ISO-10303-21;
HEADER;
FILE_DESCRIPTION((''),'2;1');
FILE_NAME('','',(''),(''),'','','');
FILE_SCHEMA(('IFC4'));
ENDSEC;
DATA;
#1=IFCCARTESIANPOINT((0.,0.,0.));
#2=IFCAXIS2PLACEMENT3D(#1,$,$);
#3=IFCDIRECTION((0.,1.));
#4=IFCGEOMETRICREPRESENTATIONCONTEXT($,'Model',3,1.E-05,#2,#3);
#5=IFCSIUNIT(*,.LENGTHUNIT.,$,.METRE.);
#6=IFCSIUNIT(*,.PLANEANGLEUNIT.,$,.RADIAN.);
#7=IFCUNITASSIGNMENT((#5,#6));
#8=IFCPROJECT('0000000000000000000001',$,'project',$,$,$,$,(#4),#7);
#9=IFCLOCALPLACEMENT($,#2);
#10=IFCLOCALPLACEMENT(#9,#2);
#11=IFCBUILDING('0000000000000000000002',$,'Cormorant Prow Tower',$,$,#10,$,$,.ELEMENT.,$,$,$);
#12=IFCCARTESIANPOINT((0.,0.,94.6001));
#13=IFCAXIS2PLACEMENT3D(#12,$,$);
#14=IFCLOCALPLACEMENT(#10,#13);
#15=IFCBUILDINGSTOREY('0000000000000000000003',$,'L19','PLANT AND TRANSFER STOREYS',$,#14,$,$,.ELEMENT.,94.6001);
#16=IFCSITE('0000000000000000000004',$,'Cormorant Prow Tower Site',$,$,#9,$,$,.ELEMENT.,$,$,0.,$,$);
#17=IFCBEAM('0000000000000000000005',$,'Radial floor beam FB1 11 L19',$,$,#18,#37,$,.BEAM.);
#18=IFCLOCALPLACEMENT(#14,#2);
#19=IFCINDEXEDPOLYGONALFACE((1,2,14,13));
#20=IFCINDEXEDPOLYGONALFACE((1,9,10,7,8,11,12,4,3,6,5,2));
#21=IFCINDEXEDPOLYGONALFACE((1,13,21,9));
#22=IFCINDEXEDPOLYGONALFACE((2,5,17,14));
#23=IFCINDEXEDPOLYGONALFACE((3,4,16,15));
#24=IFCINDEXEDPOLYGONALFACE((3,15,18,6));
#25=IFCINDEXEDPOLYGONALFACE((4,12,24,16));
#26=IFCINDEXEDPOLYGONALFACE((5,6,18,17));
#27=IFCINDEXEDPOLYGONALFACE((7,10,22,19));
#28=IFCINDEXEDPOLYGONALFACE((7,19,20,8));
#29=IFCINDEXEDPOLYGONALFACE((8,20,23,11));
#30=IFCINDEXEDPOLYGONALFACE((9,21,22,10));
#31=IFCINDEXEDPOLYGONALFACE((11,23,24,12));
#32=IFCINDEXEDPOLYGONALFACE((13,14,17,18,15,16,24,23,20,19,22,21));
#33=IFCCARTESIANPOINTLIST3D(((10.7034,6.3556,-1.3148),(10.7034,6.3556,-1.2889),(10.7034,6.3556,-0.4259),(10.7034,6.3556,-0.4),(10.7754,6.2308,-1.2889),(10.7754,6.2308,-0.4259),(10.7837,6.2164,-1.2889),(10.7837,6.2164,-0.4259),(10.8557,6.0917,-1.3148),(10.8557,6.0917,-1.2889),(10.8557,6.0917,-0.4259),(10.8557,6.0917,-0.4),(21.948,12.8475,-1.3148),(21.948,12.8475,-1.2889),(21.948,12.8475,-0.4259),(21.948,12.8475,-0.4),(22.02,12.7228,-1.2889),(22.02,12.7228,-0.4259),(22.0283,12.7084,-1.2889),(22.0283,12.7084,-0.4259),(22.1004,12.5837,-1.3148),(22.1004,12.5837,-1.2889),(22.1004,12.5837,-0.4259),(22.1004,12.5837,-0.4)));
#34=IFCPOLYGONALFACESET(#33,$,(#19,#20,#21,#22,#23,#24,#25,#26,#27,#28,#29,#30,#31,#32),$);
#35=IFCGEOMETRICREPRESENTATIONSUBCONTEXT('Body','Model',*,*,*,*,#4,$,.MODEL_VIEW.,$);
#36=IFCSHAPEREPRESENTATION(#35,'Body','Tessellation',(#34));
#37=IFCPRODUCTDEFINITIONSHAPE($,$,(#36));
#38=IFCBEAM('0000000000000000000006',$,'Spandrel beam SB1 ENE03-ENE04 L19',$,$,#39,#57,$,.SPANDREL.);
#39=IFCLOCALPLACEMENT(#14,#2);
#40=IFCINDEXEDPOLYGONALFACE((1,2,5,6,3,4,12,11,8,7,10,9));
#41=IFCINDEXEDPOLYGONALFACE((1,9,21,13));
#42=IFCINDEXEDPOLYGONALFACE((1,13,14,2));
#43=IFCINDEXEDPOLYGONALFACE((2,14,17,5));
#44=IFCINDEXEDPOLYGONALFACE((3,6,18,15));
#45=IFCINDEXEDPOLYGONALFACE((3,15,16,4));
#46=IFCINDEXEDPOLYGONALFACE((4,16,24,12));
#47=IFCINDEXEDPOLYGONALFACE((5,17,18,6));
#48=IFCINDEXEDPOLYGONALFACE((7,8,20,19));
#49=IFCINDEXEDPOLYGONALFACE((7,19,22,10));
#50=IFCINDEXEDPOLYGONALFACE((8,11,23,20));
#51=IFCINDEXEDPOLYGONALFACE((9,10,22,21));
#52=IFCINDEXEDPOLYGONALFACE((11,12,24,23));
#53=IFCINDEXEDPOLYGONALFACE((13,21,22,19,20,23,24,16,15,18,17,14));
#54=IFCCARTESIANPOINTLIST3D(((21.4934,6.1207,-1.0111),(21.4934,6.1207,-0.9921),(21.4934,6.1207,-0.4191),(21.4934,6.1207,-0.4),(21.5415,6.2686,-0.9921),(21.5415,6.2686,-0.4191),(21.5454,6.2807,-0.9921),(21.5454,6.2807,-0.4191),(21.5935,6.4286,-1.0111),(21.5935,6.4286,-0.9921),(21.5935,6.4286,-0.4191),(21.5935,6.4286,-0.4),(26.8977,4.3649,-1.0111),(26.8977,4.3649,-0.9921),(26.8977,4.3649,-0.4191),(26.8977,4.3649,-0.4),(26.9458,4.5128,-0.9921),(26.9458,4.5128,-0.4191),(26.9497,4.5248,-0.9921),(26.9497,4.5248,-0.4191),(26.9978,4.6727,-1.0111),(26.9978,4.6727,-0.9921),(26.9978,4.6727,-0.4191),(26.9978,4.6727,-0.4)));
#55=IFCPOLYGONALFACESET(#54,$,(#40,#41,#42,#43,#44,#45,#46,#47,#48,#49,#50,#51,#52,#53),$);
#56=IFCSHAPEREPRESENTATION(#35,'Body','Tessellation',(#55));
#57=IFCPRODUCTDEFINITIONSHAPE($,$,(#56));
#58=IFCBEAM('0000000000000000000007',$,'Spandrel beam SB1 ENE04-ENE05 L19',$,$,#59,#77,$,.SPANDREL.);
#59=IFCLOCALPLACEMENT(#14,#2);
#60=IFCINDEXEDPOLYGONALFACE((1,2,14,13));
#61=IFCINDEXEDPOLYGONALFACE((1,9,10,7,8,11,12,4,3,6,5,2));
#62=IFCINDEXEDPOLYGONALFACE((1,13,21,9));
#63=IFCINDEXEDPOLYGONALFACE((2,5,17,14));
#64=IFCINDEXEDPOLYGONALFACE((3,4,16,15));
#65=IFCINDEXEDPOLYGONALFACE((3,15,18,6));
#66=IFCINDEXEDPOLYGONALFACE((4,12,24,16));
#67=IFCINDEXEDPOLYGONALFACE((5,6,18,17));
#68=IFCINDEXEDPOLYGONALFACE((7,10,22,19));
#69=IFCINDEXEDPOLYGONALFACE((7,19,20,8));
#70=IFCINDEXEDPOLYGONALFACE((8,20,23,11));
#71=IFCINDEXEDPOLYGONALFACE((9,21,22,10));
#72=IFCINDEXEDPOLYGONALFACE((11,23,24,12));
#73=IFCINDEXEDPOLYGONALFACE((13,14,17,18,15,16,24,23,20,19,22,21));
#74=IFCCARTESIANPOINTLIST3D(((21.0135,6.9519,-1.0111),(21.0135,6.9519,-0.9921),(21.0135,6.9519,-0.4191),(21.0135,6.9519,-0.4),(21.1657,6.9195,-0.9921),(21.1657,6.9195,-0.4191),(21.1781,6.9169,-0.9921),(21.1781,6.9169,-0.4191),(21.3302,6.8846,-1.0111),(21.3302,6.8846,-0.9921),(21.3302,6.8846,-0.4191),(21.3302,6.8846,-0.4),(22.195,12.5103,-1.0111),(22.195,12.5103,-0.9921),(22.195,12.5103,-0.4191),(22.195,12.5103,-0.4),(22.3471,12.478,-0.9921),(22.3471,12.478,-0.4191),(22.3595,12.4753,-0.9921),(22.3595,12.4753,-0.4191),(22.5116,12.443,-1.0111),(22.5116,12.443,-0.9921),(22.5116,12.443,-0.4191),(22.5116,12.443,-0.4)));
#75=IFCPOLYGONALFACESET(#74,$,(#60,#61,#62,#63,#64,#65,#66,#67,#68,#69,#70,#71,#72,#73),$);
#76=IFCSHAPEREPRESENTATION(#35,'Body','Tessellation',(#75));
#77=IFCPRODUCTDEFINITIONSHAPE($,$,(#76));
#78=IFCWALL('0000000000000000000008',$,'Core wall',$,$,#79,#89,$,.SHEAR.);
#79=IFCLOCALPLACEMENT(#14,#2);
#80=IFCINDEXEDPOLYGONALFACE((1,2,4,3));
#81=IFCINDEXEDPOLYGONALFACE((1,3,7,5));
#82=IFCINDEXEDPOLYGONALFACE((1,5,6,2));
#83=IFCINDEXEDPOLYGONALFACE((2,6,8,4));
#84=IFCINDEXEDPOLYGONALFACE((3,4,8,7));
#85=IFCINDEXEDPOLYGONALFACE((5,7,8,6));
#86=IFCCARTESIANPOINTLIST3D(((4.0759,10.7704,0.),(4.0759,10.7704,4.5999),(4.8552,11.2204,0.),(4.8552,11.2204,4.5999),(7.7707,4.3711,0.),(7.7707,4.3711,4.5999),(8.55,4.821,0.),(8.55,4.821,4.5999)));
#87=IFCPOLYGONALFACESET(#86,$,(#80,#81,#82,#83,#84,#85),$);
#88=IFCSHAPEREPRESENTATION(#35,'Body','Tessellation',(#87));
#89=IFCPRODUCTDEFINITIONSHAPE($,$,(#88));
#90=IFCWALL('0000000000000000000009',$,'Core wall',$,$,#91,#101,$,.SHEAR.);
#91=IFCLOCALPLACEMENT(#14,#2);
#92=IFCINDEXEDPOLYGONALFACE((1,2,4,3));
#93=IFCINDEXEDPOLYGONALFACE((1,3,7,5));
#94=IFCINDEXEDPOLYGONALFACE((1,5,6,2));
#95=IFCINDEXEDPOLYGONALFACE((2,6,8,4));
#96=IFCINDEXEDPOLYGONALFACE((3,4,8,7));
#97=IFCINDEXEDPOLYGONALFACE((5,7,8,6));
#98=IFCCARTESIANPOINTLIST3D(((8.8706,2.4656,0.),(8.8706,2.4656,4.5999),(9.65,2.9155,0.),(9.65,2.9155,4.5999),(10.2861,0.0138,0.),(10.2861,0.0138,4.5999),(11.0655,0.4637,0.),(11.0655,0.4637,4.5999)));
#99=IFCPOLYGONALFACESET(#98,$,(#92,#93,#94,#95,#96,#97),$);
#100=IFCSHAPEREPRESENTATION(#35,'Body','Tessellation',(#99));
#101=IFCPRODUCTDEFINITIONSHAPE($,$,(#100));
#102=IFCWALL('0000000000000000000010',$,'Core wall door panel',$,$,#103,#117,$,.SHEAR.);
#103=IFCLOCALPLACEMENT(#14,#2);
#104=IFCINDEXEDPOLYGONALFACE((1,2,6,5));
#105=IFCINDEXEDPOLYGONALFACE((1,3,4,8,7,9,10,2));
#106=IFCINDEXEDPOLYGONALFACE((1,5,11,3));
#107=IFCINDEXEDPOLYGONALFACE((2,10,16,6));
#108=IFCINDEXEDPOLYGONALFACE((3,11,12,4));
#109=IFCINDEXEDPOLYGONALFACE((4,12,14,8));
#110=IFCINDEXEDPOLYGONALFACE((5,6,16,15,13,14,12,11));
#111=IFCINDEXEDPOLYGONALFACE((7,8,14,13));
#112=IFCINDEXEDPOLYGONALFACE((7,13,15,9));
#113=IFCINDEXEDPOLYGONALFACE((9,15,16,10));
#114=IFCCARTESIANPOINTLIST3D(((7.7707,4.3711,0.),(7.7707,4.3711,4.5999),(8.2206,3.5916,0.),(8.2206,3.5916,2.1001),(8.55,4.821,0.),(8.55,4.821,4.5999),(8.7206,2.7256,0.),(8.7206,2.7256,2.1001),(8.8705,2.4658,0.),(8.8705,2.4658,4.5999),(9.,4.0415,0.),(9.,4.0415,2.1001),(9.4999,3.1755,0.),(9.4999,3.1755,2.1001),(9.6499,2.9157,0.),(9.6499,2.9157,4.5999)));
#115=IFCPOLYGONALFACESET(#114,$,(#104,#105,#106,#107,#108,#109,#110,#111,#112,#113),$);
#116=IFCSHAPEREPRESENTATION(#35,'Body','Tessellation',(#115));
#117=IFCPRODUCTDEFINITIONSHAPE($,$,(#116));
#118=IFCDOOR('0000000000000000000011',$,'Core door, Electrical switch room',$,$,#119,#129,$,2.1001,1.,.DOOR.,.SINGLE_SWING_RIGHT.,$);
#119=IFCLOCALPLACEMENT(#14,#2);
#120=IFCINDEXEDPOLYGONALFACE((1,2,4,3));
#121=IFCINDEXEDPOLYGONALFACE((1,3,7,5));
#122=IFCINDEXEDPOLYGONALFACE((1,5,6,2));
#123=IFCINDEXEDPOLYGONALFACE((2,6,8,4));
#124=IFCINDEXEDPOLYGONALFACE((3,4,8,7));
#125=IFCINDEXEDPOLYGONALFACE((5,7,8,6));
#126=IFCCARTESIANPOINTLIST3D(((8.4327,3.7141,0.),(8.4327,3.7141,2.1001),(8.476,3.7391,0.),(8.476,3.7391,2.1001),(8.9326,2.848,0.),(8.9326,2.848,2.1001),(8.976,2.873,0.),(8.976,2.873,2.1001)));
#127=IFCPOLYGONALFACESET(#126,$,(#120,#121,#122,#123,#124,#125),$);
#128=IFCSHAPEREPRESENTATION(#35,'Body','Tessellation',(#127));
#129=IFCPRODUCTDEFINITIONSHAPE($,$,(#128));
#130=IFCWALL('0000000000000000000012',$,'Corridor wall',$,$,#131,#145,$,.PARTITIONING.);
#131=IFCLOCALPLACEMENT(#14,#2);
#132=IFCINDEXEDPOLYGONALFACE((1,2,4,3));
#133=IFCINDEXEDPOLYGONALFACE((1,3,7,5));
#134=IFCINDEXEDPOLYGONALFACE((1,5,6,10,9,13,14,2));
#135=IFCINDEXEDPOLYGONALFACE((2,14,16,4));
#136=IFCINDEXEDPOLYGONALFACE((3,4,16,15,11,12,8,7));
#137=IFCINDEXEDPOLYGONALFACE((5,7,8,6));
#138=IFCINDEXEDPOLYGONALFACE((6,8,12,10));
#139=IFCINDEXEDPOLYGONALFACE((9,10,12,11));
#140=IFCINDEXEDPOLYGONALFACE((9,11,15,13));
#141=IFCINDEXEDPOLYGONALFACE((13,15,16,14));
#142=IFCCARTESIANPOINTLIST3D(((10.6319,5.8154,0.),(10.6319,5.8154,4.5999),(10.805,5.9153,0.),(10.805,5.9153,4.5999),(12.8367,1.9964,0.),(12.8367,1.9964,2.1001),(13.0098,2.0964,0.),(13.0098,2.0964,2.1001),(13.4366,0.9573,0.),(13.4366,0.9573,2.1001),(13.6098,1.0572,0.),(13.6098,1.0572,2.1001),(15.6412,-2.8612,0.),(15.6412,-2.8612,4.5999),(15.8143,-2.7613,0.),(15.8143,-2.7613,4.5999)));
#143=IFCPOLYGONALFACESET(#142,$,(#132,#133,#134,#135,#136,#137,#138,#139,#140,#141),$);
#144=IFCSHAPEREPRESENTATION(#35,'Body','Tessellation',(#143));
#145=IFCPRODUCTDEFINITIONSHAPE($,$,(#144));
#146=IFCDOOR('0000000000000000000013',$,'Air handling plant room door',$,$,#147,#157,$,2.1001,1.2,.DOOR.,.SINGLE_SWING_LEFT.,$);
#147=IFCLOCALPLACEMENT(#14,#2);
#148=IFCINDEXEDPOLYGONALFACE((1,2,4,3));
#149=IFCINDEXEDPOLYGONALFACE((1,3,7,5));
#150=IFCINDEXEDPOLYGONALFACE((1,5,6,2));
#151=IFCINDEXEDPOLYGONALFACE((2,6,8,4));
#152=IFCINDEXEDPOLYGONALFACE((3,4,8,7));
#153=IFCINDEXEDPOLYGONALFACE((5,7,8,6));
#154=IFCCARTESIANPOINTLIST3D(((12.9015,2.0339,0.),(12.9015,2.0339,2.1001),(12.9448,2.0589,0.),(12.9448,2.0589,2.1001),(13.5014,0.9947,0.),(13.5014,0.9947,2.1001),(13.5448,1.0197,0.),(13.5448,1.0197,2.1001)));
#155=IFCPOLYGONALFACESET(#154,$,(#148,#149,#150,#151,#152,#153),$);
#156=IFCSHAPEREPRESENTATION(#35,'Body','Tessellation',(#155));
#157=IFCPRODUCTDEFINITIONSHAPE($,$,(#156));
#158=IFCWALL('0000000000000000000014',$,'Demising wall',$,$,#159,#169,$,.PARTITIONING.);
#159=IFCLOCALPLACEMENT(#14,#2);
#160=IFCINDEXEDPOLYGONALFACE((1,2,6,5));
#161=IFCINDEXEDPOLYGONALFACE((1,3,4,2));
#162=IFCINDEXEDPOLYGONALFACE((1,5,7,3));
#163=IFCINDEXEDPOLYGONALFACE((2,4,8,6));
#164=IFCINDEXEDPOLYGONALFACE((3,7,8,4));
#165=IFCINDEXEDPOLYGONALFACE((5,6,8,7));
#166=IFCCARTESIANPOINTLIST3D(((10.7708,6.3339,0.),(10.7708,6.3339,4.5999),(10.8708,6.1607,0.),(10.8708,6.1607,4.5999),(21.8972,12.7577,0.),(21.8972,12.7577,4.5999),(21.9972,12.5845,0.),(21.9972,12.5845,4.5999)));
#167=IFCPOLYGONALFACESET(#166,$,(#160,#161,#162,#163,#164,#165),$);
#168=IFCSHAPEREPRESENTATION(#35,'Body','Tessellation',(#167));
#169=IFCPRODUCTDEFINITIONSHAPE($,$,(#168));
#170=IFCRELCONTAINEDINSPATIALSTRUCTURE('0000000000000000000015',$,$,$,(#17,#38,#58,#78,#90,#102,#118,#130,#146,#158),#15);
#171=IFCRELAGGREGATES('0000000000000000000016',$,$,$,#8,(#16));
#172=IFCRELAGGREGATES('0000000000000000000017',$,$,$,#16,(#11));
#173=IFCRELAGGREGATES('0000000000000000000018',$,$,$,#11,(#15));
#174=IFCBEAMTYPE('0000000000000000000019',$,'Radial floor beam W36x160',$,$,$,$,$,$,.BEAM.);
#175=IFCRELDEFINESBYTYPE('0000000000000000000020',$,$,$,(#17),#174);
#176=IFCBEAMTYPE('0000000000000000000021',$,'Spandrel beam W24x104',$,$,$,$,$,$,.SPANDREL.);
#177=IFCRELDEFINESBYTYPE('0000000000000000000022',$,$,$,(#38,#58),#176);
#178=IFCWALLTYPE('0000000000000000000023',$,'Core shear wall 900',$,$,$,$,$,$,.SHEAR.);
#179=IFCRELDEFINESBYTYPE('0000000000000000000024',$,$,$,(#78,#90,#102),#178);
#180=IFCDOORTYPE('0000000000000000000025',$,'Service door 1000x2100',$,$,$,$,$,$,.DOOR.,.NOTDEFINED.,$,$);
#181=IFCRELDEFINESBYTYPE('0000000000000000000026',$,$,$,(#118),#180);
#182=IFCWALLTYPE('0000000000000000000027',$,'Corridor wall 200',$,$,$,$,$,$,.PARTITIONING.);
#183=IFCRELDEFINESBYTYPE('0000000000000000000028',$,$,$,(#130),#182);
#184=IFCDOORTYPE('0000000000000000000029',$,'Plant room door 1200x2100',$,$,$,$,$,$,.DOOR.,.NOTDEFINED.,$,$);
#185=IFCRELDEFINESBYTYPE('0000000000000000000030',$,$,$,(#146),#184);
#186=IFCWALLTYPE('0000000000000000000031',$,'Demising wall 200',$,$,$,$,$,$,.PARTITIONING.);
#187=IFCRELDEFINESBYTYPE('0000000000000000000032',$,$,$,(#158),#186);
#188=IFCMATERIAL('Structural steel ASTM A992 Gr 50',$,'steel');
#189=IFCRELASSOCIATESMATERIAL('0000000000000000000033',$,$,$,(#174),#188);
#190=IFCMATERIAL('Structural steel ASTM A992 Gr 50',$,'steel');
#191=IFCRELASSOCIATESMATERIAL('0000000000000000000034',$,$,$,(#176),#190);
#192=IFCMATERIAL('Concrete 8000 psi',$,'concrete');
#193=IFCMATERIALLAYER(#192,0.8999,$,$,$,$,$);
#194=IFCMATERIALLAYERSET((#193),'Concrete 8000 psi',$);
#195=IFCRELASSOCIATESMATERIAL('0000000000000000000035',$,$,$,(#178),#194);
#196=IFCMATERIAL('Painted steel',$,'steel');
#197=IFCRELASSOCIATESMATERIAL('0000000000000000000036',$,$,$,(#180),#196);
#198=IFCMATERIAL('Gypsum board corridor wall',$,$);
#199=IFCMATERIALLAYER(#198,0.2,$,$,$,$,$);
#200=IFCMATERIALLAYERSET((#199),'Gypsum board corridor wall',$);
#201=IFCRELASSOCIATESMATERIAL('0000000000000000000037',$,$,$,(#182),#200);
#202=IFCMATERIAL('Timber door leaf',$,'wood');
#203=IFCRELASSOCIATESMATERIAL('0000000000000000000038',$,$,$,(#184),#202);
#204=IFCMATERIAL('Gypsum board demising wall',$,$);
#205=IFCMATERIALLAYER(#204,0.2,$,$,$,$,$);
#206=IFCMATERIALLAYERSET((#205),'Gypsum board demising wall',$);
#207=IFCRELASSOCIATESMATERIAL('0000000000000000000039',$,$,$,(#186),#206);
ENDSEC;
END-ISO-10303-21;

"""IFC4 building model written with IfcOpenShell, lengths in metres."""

from ifc_helpers import new_model, si_unit, direction, frame, frame_2d, origin, origin_2d, place, context, subcontext, project, spatial, rectangle, i_section, extrude, material, layer, layer_set, material_profile, profile_set, type_object, element, fill, save


model = new_model("IFC4")

# Units and contexts
model_context = context("Model", 3, precision=1e-05, world=origin(), true_north=direction((0.0, 1.0)))
body_context = subcontext(model_context, "Body", "Model", "MODEL_VIEW")
ifc_project = project(units=[si_unit("LENGTHUNIT", "METRE"), si_unit("PLANEANGLEUNIT", "RADIAN")], contexts=[model_context])

# Site, building, storey
site_placement = place(None, origin())
site = spatial("IfcSite", under=ifc_project, at=site_placement, Name="Cormorant Prow Tower Site", CompositionType="ELEMENT", RefElevation=0.0)
building_placement = place(site_placement, origin())
building = spatial("IfcBuilding", under=site, at=building_placement, Name="Cormorant Prow Tower", CompositionType="ELEMENT")
storey_placement = place(building_placement, frame((0.0, 0.0, 94.6001)))
storey = spatial("IfcBuildingStorey", under=building, at=storey_placement, Name="L19", Description="PLANT AND TRANSFER STOREYS", CompositionType="ELEMENT", Elevation=94.6001)

# Beams
ifc_material_1 = material(Name="Structural steel ASTM A992 Gr 50", Category="steel")
ifc_material_profile_1 = material_profile(ifc_material_1, i_section(OverallWidth=0.3047, OverallDepth=0.9148, WebThickness=0.0166, FlangeThickness=0.0259, at=origin_2d()), Name="W36x160")
ifc_profile_set_1 = profile_set([ifc_material_profile_1], Name="Structural steel ASTM A992 Gr 50")
beam_type_1 = type_object("IfcBeamType", Name="Radial floor beam W36x160", PredefinedType="BEAM", material=ifc_profile_set_1)
beam_1_placement = place(storey_placement, frame((10.7795, 6.2236, -0.8574), z_axis=(0.86603, 0.499992, 0.0), x_axis=(-0.499992, 0.86603, 0.0)))
element("IfcBeam", 1, at=beam_1_placement, inside=storey, type_object=beam_type_1, Name="Radial floor beam FB1 11 L19", PredefinedType="BEAM", context=body_context, shape_type="SweptSolid", body=[
    extrude(i_section(OverallWidth=0.3047, OverallDepth=0.9148, WebThickness=0.0166, FlangeThickness=0.0259, at=origin_2d()), origin(), (0.0, 0.0, 1.0), 12.9841),
])
ifc_material_2 = material(Name="Structural steel ASTM A992 Gr 50", Category="steel")
ifc_material_profile_2 = material_profile(ifc_material_2, i_section(OverallWidth=0.3237, OverallDepth=0.6111, WebThickness=0.0127, FlangeThickness=0.019, at=origin_2d()), Name="W24x104")
ifc_profile_set_2 = profile_set([ifc_material_profile_2], Name="Structural steel ASTM A992 Gr 50")
beam_type_2 = type_object("IfcBeamType", Name="Spandrel beam W24x104", PredefinedType="SPANDREL", material=ifc_profile_set_2)
beam_2_placement = place(storey_placement, frame((26.9478, 4.5188, -0.7056), z_axis=(-0.951062, 0.309001, 0.0), x_axis=(-0.309001, -0.951062, 0.0)))
element("IfcBeam", 2, at=beam_2_placement, inside=storey, type_object=beam_type_2, Name="Spandrel beam SB1 ENE03-ENE04 L19", PredefinedType="SPANDREL", context=body_context, shape_type="SweptSolid", body=[
    extrude(i_section(OverallWidth=0.3237, OverallDepth=0.6111, WebThickness=0.0127, FlangeThickness=0.019, at=origin_2d()), origin(), (0.0, 0.0, 1.0), 5.6824),
])
beam_3_placement = place(storey_placement, frame((21.1719, 6.9182, -0.7056), z_axis=(0.2079, 0.97815, 0.0), x_axis=(-0.97815, 0.2079, 0.0)))
element("IfcBeam", 3, at=beam_3_placement, inside=storey, type_object=beam_type_2, Name="Spandrel beam SB1 ENE04-ENE05 L19", PredefinedType="SPANDREL", context=body_context, shape_type="SweptSolid", body=[
    extrude(i_section(OverallWidth=0.3237, OverallDepth=0.6111, WebThickness=0.0127, FlangeThickness=0.019, at=origin_2d()), origin(), (0.0, 0.0, 1.0), 5.6826),
])

# Walls
ifc_material_3 = material(Name="Concrete 8000 psi", Category="concrete")
ifc_layer_1 = layer(ifc_material_3, 0.8999)
ifc_layer_set_1 = layer_set([ifc_layer_1], Name="Concrete 8000 psi")
wall_type_1 = type_object("IfcWallType", Name="Core shear wall 900", PredefinedType="SHEAR", material=ifc_layer_set_1)
wall_1_placement = place(storey_placement, frame((8.1604, 4.5959, 0.0), z_axis=(0.0, 0.0, 1.0), x_axis=(-0.500012, 0.866018, 0.0)))
element("IfcWall", 4, at=wall_1_placement, inside=storey, type_object=wall_type_1, Name="Core wall", PredefinedType="SHEAR", context=body_context, shape_type="SweptSolid", body=[
    extrude(rectangle(XDim=7.3894, YDim=0.8999, at=frame_2d((3.6948, 0.0))), origin(), (0.0, 0.0, 1.0), 4.5999),
])
wall_2_placement = place(storey_placement, frame((10.6758, 0.2388, 0.0), z_axis=(0.0, 0.0, 1.0), x_axis=(-0.499979, 0.866038, 0.0)))
element("IfcWall", 5, at=wall_2_placement, inside=storey, type_object=wall_type_1, Name="Core wall", PredefinedType="SHEAR", context=body_context, shape_type="SweptSolid", body=[
    extrude(rectangle(XDim=2.8311, YDim=0.8999, at=frame_2d((1.4155, 0.0))), origin(), (0.0, 0.0, 1.0), 4.5999),
])

# Walls, openings, doors
wall_3_placement = place(storey_placement, frame((9.2603, 2.6907, 0.0), z_axis=(0.0, 0.0, 1.0), x_axis=(-0.499947, 0.866056, 0.0)))
wall_3 = element("IfcWall", 6, at=wall_3_placement, inside=storey, type_object=wall_type_1, Name="Core wall door panel", PredefinedType="SHEAR", context=body_context, shape_type="SweptSolid", body=[
    extrude(rectangle(XDim=2.2, YDim=0.8999, at=frame_2d((1.1001, 0.0))), origin(), (0.0, 0.0, 1.0), 4.5999),
])
opening_1_placement = place(wall_3_placement, frame((0.3, 0.0, 0.0)))
opening_1 = element("IfcOpeningElement", 7, at=opening_1_placement, cuts=wall_3, PredefinedType="OPENING", context=body_context, shape_type="SweptSolid", body=[
    extrude(rectangle(XDim=1.0, YDim=2.1001, at=frame_2d((0.5, 1.05))), frame((0.0, 0.46, 0.0), z_axis=(0.0, -1.0, 0.0), x_axis=(1.0, 0.0, 0.0)), (0.0, 0.0, 1.0), 0.9199),
])
ifc_material_4 = material(Name="Painted steel", Category="steel")
door_type_1 = type_object("IfcDoorType", Name="Service door 1000x2100", OperationType="NOTDEFINED", PredefinedType="DOOR", material=ifc_material_4)
door_1_placement = place(opening_1_placement, origin())
door_1 = element("IfcDoor", 8, at=door_1_placement, inside=storey, type_object=door_type_1, Name="Core door, Electrical switch room", OperationType="SINGLE_SWING_RIGHT", OverallHeight=2.1001, OverallWidth=1.0, PredefinedType="DOOR", context=body_context, shape_type="SweptSolid", body=[
    extrude(rectangle(XDim=1.0, YDim=2.1001, at=frame_2d((0.5, 1.05))), frame((0.0, 0.2051, 0.0), z_axis=(0.0, -1.0, 0.0), x_axis=(1.0, 0.0, 0.0)), (0.0, 0.0, 1.0), 0.05),
])
fill(opening_1, door_1)
ifc_material_5 = material(Name="Gypsum board corridor wall")
ifc_layer_2 = layer(ifc_material_5, 0.2)
ifc_layer_set_2 = layer_set([ifc_layer_2], Name="Gypsum board corridor wall")
wall_type_2 = type_object("IfcWallType", Name="Corridor wall 200", PredefinedType="PARTITIONING", material=ifc_layer_set_2)
wall_4_placement = place(storey_placement, frame((10.7185, 5.8652, 0.0), z_axis=(0.0, 0.0, 1.0), x_axis=(0.499992, -0.86603, 0.0)))
wall_4 = element("IfcWall", 9, at=wall_4_placement, inside=storey, type_object=wall_type_2, Name="Corridor wall", PredefinedType="PARTITIONING", context=body_context, shape_type="SweptSolid", body=[
    extrude(rectangle(XDim=10.0188, YDim=0.2, at=frame_2d((5.0093, 0.0))), origin(), (0.0, 0.0, 1.0), 4.5999),
])
opening_2_placement = place(wall_4_placement, frame((4.4094, 0.0, 0.0)))
opening_2 = element("IfcOpeningElement", 10, at=opening_2_placement, cuts=wall_4, PredefinedType="OPENING", context=body_context, shape_type="SweptSolid", body=[
    extrude(rectangle(XDim=1.2, YDim=2.1001, at=frame_2d((0.6001, 1.05))), frame((0.0, 0.1099, 0.0), z_axis=(0.0, -1.0, 0.0), x_axis=(1.0, 0.0, 0.0)), (0.0, 0.0, 1.0), 0.22),
])
ifc_material_6 = material(Name="Timber door leaf", Category="wood")
door_type_2 = type_object("IfcDoorType", Name="Plant room door 1200x2100", OperationType="NOTDEFINED", PredefinedType="DOOR", material=ifc_material_6)
door_2_placement = place(opening_2_placement, origin())
door_2 = element("IfcDoor", 11, at=door_2_placement, inside=storey, type_object=door_type_2, Name="Air handling plant room door", OperationType="SINGLE_SWING_LEFT", OverallHeight=2.1001, OverallWidth=1.2, PredefinedType="DOOR", context=body_context, shape_type="SweptSolid", body=[
    extrude(rectangle(XDim=1.2, YDim=2.1001, at=frame_2d((0.6001, 1.05))), frame((0.0, 0.0249, 0.0), z_axis=(0.0, -1.0, 0.0), x_axis=(1.0, 0.0, 0.0)), (0.0, 0.0, 1.0), 0.05),
])
fill(opening_2, door_2)

# Wall
ifc_material_7 = material(Name="Gypsum board demising wall")
ifc_layer_3 = layer(ifc_material_7, 0.2)
ifc_layer_set_3 = layer_set([ifc_layer_3], Name="Gypsum board demising wall")
wall_type_3 = type_object("IfcWallType", Name="Demising wall 200", PredefinedType="PARTITIONING", material=ifc_layer_set_3)
wall_5_placement = place(storey_placement, frame((10.8208, 6.2473, 0.0), z_axis=(0.0, 0.0, 1.0), x_axis=(0.866027, 0.499998, 0.0)))
element("IfcWall", 12, at=wall_5_placement, inside=storey, type_object=wall_type_3, Name="Demising wall", PredefinedType="PARTITIONING", context=body_context, shape_type="SweptSolid", body=[
    extrude(rectangle(XDim=12.8477, YDim=0.2, at=frame_2d((6.4238, 0.0))), origin(), (0.0, 0.0, 1.0), 4.5999),
])

save(model, "model.ifc")
